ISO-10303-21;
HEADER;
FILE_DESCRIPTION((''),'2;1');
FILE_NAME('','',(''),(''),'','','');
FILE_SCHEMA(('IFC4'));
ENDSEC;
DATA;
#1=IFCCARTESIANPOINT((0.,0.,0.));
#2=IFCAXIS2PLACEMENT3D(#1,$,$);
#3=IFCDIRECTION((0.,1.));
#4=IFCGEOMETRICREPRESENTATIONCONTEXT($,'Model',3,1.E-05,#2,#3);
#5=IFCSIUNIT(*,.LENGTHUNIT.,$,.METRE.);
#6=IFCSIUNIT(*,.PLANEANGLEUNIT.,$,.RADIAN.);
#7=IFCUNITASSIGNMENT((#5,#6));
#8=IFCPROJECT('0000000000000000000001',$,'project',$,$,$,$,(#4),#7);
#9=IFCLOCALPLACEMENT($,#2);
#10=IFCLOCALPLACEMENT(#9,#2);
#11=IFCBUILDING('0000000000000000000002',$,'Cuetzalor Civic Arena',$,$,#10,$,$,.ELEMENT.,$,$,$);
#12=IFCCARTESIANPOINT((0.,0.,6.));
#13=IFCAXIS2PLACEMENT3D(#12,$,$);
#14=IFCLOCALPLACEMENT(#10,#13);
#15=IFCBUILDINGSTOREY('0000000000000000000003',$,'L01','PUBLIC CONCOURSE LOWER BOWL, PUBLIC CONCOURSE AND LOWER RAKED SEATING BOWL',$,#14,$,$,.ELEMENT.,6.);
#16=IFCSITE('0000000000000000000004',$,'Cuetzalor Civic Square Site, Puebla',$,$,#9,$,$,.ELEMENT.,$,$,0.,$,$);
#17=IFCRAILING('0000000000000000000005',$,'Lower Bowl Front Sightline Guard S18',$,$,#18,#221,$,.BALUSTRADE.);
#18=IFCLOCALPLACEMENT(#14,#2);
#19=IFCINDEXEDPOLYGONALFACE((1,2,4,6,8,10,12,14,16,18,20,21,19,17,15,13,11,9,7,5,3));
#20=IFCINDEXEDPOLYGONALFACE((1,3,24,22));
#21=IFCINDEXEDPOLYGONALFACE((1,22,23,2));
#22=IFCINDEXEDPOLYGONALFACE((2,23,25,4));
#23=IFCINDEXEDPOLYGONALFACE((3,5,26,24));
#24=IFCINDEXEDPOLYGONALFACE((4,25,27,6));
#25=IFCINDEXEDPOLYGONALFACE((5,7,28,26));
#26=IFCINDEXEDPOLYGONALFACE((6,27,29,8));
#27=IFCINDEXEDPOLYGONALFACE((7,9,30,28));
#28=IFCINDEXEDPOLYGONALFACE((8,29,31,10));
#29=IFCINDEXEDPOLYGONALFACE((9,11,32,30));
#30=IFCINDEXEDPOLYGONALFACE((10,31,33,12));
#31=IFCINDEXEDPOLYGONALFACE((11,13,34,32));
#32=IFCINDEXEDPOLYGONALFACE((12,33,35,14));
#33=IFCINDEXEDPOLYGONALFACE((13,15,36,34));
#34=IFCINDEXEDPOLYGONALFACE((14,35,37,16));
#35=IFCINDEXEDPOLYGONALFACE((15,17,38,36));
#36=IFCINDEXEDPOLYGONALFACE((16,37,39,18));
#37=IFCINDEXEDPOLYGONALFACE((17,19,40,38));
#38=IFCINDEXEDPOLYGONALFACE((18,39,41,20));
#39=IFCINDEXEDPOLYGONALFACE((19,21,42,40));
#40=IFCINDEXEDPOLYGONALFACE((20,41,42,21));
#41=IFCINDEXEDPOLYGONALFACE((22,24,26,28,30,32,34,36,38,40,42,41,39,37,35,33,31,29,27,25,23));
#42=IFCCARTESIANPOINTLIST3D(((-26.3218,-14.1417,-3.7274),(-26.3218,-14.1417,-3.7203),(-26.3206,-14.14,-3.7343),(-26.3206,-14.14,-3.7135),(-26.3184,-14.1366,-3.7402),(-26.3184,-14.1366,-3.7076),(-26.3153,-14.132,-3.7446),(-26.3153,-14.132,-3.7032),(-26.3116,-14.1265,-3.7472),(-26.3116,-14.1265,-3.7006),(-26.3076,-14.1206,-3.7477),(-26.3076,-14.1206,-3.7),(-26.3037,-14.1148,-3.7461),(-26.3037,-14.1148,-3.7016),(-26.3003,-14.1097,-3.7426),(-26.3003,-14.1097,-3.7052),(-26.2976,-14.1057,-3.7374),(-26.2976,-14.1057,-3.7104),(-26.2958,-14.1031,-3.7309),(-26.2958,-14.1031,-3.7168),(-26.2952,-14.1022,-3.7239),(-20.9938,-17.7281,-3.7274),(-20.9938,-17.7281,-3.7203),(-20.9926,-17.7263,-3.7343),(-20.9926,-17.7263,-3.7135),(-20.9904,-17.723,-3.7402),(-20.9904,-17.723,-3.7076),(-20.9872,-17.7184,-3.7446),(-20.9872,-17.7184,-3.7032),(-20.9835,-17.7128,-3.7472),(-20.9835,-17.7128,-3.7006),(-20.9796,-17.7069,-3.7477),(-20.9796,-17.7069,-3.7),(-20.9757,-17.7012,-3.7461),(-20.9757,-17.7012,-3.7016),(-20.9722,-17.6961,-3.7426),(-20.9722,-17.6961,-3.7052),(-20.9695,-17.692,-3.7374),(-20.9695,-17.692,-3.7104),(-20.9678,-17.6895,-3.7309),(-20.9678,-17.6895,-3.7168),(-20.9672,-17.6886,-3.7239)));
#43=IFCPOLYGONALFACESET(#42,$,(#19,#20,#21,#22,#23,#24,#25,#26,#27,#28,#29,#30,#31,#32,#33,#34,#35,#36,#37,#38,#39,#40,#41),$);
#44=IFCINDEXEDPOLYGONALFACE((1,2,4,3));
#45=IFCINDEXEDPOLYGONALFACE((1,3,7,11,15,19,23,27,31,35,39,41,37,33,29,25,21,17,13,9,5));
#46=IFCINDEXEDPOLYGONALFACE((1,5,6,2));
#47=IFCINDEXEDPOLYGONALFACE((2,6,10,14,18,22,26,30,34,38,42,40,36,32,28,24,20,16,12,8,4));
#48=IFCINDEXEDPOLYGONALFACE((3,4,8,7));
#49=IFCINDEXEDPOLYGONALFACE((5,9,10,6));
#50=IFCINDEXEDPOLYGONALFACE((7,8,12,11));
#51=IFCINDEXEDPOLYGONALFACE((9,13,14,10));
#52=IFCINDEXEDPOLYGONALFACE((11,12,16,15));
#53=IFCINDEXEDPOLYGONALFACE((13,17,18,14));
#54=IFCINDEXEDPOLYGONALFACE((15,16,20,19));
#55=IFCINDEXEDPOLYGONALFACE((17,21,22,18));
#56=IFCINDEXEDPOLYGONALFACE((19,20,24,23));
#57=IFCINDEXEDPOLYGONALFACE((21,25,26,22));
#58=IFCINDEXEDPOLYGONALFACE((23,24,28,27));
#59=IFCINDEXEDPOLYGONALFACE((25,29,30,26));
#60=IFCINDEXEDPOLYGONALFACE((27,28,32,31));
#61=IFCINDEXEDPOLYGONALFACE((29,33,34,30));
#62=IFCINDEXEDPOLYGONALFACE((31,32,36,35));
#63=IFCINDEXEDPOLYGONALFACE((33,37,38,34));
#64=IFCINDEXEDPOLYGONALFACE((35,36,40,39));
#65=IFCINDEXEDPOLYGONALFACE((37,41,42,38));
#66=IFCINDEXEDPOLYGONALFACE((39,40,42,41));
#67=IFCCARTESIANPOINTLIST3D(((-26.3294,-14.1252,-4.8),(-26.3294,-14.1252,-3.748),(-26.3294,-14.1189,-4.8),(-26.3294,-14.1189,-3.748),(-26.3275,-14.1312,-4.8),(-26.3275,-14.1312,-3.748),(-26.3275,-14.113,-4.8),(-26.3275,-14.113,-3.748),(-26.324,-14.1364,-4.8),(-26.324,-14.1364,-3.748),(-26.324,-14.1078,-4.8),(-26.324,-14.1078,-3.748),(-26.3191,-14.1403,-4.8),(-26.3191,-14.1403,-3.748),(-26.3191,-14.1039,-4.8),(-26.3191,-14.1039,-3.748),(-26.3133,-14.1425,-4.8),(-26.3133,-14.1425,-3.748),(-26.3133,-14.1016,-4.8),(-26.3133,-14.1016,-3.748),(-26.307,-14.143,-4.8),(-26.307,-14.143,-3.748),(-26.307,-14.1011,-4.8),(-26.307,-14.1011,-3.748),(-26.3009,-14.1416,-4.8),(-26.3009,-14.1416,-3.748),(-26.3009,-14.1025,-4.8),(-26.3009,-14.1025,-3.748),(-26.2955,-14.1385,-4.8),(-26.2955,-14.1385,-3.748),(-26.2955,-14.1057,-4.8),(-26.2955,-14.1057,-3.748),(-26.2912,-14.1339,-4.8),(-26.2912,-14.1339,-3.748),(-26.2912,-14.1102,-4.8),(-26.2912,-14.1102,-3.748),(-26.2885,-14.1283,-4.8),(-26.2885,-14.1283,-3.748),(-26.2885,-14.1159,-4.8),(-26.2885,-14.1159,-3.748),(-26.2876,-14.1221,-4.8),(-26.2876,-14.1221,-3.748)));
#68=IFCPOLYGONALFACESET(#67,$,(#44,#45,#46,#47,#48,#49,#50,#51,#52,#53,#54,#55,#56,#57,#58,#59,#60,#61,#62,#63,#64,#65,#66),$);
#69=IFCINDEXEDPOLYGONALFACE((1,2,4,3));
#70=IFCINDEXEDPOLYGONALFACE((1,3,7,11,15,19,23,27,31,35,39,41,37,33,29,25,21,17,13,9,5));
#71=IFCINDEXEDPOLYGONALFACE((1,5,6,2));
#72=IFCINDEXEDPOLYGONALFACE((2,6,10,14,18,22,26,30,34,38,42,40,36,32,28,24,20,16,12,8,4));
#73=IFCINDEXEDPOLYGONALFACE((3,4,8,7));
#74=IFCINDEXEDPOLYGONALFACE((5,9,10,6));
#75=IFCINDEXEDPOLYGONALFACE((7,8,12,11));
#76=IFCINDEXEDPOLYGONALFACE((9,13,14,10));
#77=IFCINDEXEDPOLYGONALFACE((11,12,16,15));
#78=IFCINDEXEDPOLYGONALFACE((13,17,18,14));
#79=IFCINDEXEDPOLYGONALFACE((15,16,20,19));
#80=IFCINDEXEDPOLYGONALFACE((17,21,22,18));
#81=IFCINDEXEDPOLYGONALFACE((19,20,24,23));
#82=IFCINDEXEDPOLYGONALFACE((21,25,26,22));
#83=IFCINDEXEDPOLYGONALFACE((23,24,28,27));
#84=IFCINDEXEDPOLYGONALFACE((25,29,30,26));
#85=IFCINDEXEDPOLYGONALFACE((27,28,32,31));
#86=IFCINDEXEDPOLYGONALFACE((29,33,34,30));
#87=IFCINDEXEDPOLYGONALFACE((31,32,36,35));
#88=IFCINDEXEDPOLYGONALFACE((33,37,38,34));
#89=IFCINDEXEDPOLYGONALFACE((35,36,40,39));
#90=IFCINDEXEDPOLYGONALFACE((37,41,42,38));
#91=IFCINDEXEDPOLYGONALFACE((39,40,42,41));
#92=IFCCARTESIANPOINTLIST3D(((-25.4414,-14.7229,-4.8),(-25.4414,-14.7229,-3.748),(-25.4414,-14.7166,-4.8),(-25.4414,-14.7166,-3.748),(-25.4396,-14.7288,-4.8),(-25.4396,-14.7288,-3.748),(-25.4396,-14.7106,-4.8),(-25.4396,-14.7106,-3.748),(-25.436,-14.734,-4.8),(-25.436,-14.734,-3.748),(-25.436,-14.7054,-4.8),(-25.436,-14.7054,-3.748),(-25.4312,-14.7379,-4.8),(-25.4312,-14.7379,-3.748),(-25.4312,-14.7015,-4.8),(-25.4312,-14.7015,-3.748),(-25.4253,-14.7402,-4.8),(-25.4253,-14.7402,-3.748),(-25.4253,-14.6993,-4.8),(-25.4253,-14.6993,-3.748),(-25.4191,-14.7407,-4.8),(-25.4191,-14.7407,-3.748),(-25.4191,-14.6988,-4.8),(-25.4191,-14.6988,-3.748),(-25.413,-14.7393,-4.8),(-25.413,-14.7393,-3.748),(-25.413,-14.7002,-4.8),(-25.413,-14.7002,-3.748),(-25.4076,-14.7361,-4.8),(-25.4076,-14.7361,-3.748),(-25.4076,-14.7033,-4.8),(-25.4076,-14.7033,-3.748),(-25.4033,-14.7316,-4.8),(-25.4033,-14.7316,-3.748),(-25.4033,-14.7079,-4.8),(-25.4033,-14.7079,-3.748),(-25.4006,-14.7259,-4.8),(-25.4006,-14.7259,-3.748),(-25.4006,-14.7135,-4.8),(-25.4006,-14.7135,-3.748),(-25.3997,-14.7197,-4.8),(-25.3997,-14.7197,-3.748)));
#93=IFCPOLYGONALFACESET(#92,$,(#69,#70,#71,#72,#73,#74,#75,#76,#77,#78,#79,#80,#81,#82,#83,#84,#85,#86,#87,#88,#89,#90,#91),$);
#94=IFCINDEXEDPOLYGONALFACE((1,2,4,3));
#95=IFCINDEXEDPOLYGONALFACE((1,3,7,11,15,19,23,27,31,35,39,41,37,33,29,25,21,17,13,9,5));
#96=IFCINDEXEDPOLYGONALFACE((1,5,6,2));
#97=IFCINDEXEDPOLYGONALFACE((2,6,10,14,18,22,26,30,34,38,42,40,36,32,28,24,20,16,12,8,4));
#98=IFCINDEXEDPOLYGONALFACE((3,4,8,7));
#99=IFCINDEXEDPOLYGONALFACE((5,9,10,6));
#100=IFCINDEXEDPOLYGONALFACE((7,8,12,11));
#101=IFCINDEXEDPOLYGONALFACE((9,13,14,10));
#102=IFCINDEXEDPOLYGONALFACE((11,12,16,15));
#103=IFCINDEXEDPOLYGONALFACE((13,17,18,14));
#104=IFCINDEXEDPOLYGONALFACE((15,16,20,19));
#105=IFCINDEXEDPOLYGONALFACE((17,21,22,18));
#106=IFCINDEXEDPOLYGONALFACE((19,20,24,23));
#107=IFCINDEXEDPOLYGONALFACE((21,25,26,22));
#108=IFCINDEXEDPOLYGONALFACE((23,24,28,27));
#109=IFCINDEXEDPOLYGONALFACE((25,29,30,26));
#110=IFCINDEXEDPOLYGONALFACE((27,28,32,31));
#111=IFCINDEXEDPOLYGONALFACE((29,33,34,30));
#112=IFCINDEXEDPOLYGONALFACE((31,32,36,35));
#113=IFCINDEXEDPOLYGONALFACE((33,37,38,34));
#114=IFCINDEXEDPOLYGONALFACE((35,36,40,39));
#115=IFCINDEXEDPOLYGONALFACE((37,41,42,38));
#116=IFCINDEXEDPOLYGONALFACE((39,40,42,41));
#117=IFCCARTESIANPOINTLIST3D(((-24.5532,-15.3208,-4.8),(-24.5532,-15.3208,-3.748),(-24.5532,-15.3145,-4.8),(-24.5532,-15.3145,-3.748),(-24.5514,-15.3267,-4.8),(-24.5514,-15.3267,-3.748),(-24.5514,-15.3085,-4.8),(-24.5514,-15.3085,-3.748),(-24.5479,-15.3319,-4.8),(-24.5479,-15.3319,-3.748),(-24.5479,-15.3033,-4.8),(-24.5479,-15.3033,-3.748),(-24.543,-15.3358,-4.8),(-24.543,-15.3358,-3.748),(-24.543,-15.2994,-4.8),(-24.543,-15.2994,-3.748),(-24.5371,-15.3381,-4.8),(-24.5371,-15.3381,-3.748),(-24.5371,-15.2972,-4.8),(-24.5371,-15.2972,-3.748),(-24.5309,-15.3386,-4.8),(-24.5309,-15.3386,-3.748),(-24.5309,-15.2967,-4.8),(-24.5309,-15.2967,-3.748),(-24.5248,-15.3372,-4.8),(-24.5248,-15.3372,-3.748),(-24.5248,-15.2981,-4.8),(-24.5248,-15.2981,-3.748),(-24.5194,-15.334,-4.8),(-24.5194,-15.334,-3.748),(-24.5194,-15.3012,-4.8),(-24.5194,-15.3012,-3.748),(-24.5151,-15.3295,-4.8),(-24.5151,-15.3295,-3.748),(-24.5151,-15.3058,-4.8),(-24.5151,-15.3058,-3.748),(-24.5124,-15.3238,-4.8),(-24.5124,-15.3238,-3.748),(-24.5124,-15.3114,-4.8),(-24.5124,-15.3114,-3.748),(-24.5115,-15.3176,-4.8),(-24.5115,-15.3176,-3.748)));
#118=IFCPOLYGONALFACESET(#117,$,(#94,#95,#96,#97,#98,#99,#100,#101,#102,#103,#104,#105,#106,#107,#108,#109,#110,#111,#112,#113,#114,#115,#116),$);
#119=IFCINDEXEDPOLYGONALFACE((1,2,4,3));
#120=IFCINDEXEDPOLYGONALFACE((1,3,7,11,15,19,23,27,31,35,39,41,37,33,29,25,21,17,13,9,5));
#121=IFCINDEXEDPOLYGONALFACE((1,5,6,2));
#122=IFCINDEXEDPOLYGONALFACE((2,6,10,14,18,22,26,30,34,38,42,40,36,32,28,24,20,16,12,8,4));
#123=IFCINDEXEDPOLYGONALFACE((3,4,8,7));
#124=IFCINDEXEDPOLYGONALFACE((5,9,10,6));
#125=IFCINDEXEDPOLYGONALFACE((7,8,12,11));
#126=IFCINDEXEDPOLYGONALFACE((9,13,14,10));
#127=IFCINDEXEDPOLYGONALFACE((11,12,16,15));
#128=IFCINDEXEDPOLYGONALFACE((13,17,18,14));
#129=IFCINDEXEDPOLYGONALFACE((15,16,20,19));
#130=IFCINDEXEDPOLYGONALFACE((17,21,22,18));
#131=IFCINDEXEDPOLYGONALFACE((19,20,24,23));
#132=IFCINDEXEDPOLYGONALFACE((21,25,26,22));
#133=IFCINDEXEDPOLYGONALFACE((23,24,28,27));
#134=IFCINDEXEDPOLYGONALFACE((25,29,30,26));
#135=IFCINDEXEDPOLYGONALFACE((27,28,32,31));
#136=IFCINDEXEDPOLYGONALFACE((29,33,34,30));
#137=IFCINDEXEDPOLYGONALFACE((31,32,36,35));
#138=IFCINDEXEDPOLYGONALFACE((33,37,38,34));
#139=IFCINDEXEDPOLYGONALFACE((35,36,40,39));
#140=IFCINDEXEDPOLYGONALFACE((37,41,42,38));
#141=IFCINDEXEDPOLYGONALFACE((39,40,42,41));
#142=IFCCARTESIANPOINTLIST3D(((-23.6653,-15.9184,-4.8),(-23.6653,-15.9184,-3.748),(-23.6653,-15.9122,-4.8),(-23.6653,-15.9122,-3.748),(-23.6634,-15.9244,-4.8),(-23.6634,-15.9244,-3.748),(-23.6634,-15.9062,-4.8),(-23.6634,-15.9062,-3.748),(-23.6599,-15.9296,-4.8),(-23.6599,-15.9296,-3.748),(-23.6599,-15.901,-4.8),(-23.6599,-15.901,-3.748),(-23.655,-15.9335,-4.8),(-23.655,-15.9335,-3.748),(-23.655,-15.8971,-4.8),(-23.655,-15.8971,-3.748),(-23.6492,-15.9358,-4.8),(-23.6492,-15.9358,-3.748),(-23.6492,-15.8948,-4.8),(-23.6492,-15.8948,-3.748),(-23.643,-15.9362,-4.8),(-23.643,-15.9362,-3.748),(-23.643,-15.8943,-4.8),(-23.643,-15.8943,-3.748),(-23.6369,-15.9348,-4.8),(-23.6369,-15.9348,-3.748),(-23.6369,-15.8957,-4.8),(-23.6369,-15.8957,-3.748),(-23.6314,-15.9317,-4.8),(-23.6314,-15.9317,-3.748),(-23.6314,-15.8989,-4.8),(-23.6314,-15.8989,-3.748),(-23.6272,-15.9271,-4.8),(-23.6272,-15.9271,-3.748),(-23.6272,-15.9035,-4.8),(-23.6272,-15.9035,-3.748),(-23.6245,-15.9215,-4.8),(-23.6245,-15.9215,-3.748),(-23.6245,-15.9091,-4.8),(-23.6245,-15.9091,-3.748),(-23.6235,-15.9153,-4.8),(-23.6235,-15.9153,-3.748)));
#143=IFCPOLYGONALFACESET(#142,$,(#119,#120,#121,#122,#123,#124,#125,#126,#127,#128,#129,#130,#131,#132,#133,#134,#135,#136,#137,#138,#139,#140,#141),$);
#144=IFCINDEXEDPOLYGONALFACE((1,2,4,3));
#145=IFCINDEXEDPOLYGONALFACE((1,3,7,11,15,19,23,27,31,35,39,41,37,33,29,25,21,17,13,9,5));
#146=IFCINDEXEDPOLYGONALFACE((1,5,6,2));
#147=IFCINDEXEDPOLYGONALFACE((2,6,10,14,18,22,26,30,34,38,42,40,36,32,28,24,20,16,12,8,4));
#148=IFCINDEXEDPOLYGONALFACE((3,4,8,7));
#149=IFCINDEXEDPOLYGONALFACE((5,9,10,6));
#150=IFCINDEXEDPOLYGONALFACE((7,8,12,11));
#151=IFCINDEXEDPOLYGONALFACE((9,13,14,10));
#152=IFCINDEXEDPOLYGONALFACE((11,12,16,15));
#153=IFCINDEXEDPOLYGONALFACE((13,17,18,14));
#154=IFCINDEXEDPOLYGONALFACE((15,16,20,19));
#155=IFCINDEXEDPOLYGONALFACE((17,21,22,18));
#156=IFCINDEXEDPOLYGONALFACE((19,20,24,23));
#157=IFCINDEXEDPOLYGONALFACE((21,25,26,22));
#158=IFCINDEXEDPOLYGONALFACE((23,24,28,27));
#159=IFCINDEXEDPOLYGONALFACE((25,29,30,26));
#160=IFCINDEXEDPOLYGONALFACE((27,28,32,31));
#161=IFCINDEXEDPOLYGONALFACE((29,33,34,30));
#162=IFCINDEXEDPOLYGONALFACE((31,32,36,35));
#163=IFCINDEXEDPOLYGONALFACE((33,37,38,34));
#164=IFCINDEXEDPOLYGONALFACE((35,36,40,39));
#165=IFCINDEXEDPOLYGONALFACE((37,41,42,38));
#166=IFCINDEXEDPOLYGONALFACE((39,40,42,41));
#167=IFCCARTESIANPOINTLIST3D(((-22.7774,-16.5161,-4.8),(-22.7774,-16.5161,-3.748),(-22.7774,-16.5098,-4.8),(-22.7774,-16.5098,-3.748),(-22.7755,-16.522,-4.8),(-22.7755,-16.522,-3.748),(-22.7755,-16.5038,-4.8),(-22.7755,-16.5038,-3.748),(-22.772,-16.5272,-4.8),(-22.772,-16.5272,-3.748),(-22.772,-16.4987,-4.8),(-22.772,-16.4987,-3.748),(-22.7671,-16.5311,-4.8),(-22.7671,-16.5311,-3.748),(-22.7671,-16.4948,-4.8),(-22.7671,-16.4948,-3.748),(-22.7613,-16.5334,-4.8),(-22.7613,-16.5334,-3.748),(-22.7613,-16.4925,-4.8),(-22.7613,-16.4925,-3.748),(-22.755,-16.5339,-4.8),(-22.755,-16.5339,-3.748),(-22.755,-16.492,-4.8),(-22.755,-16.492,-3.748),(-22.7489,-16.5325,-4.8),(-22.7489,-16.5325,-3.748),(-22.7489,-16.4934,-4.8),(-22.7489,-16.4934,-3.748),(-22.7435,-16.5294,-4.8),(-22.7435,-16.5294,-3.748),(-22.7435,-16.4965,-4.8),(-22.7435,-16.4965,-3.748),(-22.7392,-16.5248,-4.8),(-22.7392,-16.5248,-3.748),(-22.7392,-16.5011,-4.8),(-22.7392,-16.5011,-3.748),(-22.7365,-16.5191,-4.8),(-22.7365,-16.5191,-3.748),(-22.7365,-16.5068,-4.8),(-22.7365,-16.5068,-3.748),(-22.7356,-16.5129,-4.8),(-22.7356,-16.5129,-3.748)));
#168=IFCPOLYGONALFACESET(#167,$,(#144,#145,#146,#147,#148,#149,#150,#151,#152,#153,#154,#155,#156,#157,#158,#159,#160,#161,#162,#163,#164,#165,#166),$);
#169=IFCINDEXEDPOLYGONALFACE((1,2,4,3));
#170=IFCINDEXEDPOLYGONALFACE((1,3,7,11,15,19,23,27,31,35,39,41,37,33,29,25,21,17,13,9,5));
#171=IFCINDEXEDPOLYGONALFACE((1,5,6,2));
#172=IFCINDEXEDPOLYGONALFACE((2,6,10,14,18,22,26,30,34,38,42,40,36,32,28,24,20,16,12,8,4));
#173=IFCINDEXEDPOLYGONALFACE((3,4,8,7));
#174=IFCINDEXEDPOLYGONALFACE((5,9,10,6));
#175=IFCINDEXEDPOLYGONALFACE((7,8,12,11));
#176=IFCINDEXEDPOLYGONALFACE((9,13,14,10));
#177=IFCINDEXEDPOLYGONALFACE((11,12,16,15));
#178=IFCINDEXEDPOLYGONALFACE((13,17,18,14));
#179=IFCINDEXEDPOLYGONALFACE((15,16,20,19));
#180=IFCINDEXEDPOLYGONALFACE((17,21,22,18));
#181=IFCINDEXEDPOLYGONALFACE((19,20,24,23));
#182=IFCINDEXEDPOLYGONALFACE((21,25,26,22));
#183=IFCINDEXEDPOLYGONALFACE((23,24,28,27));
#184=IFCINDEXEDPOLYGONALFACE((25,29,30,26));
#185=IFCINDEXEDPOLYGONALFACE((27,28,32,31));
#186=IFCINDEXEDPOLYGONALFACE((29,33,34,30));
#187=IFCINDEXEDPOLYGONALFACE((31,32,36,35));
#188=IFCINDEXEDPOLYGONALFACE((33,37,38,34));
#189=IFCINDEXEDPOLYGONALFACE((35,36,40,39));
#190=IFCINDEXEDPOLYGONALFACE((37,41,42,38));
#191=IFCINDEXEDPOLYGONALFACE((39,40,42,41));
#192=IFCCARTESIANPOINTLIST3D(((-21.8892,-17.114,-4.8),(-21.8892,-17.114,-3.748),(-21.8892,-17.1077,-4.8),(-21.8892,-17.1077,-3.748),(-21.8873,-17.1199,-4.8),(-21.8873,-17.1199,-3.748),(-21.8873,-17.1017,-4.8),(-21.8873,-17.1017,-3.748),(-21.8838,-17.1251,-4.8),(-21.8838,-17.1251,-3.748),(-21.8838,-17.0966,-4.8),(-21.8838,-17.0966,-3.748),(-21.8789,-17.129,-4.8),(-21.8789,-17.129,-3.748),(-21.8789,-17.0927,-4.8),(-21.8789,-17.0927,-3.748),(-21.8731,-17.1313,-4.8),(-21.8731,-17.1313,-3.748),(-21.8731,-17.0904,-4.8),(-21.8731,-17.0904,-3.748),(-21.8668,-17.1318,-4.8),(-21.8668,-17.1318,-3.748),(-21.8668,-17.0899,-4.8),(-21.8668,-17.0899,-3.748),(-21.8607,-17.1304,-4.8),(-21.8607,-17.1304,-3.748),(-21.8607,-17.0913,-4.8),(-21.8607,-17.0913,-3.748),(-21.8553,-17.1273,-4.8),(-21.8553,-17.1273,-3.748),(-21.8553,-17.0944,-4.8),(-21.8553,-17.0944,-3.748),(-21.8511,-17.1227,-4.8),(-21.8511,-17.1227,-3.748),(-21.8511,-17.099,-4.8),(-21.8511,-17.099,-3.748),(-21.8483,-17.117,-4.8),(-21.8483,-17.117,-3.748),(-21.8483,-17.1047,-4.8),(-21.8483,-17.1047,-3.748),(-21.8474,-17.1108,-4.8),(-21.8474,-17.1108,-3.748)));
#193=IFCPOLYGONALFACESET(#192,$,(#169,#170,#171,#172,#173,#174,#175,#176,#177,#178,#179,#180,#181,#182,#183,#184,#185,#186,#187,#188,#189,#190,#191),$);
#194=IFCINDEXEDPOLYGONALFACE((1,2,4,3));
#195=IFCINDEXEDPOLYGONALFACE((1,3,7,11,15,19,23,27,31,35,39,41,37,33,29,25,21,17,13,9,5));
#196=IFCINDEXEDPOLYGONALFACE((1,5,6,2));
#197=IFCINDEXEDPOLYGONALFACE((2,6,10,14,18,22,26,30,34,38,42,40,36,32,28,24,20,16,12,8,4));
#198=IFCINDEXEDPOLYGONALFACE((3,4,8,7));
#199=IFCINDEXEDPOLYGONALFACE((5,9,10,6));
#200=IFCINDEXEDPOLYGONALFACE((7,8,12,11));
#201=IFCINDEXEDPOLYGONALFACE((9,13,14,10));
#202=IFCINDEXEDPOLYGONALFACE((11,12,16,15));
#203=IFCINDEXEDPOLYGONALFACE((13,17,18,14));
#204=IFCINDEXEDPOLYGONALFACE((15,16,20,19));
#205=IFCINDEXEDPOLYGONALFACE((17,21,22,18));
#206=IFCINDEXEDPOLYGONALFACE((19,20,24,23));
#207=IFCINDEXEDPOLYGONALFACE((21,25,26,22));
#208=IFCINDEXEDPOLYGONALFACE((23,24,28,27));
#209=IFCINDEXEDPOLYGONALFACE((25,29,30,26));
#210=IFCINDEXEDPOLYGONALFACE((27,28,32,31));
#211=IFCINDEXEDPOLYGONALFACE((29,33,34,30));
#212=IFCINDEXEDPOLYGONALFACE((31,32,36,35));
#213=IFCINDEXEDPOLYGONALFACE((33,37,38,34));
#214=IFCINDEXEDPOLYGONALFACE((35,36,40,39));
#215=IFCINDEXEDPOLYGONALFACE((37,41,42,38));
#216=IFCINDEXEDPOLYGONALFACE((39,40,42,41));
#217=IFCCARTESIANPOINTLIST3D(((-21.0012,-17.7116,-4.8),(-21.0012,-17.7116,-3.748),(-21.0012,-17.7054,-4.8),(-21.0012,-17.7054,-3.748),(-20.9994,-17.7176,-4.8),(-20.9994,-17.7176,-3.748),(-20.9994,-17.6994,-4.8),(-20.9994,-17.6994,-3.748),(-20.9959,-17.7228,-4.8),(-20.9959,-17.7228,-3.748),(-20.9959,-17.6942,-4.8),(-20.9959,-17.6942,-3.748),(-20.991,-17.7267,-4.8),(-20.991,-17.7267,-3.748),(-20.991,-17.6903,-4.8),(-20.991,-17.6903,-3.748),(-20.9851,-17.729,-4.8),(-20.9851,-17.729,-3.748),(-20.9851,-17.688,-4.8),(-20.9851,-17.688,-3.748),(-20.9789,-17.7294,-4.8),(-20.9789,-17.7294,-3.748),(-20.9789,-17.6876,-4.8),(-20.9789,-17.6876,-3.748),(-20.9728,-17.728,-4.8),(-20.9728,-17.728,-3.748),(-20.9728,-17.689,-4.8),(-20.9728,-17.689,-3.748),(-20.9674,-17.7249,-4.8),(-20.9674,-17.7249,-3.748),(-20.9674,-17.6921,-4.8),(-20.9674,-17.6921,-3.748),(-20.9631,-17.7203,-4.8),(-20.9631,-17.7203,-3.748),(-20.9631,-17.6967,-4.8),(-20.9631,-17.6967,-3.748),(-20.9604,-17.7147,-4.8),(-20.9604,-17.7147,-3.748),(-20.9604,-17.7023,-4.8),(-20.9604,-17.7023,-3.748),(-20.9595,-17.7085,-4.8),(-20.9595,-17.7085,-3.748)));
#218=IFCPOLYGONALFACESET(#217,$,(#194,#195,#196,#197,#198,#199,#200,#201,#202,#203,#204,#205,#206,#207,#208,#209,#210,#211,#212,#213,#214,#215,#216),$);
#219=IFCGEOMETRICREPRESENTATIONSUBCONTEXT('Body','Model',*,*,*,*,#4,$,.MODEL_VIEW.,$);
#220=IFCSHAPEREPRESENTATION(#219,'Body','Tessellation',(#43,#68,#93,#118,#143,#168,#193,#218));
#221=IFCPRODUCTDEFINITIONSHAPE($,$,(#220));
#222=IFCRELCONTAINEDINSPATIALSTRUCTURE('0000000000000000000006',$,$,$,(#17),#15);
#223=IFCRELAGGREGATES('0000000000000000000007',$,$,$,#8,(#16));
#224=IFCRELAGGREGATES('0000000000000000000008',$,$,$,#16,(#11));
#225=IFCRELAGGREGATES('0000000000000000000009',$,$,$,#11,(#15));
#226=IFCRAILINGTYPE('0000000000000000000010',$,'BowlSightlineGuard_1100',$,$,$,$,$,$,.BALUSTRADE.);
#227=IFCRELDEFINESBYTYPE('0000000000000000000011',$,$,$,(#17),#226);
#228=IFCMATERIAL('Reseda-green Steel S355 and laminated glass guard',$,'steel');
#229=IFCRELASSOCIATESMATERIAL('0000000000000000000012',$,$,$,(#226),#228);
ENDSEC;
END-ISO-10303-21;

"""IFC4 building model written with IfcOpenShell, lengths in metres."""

from ifc_helpers import new_model, si_unit, direction, frame, origin, origin_2d, place, context, subcontext, project, spatial, circle, extrude, material, type_object, element, save


model = new_model("IFC4")

# Units and contexts
model_context = context("Model", 3, precision=1e-05, world=origin(), true_north=direction((0.0, 1.0)))
body_context = subcontext(model_context, "Body", "Model", "MODEL_VIEW")
ifc_project = project(units=[si_unit("LENGTHUNIT", "METRE"), si_unit("PLANEANGLEUNIT", "RADIAN")], contexts=[model_context])

# Site, building, storey
site_placement = place(None, origin())
site = spatial("IfcSite", under=ifc_project, at=site_placement, Name="Cuetzalor Civic Square Site, Puebla", CompositionType="ELEMENT", RefElevation=0.0)
building_placement = place(site_placement, origin())
building = spatial("IfcBuilding", under=site, at=building_placement, Name="Cuetzalor Civic Arena", CompositionType="ELEMENT")
storey_placement = place(building_placement, frame((0.0, 0.0, 6.0)))
storey = spatial("IfcBuildingStorey", under=building, at=storey_placement, Name="L01", Description="PUBLIC CONCOURSE LOWER BOWL, PUBLIC CONCOURSE AND LOWER RAKED SEATING BOWL", CompositionType="ELEMENT", Elevation=6.0)

# Railing
ifc_material_1 = material(Name="Reseda-green Steel S355 and laminated glass guard", Category="steel")
railing_type_1 = type_object("IfcRailingType", Name="BowlSightlineGuard_1100", PredefinedType="BALUSTRADE", material=ifc_material_1)
railing_1_placement = place(storey_placement, frame((-26.3086, -14.1221, -4.8)))
element("IfcRailing", 1, at=railing_1_placement, inside=storey, type_object=railing_type_1, Name="Lower Bowl Front Sightline Guard S18", PredefinedType="BALUSTRADE", context=body_context, shape_type="SweptSolid", body=[
    extrude(circle(Radius=0.0239, at=origin_2d()), frame((0.0, 0.0, 1.0762), z_axis=(0.829574, -0.558396, 0.0), x_axis=(0.558396, 0.829574, 0.0)), (0.0, 0.0, 1.0), 6.4226),
    extrude(circle(Radius=0.021, at=origin_2d()), origin(), (0.0, 0.0, 1.0), 1.052),
    extrude(circle(Radius=0.021, at=origin_2d()), frame((0.8879, -0.5977, 0.0)), (0.0, 0.0, 1.0), 1.052),
    extrude(circle(Radius=0.021, at=origin_2d()), frame((1.7761, -1.1956, 0.0)), (0.0, 0.0, 1.0), 1.052),
    extrude(circle(Radius=0.021, at=origin_2d()), frame((2.6641, -1.7932, 0.0)), (0.0, 0.0, 1.0), 1.052),
    extrude(circle(Radius=0.021, at=origin_2d()), frame((3.552, -2.3909, 0.0)), (0.0, 0.0, 1.0), 1.052),
    extrude(circle(Radius=0.021, at=origin_2d()), frame((4.4402, -2.9888, 0.0)), (0.0, 0.0, 1.0), 1.052),
    extrude(circle(Radius=0.021, at=origin_2d()), frame((5.3281, -3.5864, 0.0)), (0.0, 0.0, 1.0), 1.052),
])

save(model, "model.ifc")
